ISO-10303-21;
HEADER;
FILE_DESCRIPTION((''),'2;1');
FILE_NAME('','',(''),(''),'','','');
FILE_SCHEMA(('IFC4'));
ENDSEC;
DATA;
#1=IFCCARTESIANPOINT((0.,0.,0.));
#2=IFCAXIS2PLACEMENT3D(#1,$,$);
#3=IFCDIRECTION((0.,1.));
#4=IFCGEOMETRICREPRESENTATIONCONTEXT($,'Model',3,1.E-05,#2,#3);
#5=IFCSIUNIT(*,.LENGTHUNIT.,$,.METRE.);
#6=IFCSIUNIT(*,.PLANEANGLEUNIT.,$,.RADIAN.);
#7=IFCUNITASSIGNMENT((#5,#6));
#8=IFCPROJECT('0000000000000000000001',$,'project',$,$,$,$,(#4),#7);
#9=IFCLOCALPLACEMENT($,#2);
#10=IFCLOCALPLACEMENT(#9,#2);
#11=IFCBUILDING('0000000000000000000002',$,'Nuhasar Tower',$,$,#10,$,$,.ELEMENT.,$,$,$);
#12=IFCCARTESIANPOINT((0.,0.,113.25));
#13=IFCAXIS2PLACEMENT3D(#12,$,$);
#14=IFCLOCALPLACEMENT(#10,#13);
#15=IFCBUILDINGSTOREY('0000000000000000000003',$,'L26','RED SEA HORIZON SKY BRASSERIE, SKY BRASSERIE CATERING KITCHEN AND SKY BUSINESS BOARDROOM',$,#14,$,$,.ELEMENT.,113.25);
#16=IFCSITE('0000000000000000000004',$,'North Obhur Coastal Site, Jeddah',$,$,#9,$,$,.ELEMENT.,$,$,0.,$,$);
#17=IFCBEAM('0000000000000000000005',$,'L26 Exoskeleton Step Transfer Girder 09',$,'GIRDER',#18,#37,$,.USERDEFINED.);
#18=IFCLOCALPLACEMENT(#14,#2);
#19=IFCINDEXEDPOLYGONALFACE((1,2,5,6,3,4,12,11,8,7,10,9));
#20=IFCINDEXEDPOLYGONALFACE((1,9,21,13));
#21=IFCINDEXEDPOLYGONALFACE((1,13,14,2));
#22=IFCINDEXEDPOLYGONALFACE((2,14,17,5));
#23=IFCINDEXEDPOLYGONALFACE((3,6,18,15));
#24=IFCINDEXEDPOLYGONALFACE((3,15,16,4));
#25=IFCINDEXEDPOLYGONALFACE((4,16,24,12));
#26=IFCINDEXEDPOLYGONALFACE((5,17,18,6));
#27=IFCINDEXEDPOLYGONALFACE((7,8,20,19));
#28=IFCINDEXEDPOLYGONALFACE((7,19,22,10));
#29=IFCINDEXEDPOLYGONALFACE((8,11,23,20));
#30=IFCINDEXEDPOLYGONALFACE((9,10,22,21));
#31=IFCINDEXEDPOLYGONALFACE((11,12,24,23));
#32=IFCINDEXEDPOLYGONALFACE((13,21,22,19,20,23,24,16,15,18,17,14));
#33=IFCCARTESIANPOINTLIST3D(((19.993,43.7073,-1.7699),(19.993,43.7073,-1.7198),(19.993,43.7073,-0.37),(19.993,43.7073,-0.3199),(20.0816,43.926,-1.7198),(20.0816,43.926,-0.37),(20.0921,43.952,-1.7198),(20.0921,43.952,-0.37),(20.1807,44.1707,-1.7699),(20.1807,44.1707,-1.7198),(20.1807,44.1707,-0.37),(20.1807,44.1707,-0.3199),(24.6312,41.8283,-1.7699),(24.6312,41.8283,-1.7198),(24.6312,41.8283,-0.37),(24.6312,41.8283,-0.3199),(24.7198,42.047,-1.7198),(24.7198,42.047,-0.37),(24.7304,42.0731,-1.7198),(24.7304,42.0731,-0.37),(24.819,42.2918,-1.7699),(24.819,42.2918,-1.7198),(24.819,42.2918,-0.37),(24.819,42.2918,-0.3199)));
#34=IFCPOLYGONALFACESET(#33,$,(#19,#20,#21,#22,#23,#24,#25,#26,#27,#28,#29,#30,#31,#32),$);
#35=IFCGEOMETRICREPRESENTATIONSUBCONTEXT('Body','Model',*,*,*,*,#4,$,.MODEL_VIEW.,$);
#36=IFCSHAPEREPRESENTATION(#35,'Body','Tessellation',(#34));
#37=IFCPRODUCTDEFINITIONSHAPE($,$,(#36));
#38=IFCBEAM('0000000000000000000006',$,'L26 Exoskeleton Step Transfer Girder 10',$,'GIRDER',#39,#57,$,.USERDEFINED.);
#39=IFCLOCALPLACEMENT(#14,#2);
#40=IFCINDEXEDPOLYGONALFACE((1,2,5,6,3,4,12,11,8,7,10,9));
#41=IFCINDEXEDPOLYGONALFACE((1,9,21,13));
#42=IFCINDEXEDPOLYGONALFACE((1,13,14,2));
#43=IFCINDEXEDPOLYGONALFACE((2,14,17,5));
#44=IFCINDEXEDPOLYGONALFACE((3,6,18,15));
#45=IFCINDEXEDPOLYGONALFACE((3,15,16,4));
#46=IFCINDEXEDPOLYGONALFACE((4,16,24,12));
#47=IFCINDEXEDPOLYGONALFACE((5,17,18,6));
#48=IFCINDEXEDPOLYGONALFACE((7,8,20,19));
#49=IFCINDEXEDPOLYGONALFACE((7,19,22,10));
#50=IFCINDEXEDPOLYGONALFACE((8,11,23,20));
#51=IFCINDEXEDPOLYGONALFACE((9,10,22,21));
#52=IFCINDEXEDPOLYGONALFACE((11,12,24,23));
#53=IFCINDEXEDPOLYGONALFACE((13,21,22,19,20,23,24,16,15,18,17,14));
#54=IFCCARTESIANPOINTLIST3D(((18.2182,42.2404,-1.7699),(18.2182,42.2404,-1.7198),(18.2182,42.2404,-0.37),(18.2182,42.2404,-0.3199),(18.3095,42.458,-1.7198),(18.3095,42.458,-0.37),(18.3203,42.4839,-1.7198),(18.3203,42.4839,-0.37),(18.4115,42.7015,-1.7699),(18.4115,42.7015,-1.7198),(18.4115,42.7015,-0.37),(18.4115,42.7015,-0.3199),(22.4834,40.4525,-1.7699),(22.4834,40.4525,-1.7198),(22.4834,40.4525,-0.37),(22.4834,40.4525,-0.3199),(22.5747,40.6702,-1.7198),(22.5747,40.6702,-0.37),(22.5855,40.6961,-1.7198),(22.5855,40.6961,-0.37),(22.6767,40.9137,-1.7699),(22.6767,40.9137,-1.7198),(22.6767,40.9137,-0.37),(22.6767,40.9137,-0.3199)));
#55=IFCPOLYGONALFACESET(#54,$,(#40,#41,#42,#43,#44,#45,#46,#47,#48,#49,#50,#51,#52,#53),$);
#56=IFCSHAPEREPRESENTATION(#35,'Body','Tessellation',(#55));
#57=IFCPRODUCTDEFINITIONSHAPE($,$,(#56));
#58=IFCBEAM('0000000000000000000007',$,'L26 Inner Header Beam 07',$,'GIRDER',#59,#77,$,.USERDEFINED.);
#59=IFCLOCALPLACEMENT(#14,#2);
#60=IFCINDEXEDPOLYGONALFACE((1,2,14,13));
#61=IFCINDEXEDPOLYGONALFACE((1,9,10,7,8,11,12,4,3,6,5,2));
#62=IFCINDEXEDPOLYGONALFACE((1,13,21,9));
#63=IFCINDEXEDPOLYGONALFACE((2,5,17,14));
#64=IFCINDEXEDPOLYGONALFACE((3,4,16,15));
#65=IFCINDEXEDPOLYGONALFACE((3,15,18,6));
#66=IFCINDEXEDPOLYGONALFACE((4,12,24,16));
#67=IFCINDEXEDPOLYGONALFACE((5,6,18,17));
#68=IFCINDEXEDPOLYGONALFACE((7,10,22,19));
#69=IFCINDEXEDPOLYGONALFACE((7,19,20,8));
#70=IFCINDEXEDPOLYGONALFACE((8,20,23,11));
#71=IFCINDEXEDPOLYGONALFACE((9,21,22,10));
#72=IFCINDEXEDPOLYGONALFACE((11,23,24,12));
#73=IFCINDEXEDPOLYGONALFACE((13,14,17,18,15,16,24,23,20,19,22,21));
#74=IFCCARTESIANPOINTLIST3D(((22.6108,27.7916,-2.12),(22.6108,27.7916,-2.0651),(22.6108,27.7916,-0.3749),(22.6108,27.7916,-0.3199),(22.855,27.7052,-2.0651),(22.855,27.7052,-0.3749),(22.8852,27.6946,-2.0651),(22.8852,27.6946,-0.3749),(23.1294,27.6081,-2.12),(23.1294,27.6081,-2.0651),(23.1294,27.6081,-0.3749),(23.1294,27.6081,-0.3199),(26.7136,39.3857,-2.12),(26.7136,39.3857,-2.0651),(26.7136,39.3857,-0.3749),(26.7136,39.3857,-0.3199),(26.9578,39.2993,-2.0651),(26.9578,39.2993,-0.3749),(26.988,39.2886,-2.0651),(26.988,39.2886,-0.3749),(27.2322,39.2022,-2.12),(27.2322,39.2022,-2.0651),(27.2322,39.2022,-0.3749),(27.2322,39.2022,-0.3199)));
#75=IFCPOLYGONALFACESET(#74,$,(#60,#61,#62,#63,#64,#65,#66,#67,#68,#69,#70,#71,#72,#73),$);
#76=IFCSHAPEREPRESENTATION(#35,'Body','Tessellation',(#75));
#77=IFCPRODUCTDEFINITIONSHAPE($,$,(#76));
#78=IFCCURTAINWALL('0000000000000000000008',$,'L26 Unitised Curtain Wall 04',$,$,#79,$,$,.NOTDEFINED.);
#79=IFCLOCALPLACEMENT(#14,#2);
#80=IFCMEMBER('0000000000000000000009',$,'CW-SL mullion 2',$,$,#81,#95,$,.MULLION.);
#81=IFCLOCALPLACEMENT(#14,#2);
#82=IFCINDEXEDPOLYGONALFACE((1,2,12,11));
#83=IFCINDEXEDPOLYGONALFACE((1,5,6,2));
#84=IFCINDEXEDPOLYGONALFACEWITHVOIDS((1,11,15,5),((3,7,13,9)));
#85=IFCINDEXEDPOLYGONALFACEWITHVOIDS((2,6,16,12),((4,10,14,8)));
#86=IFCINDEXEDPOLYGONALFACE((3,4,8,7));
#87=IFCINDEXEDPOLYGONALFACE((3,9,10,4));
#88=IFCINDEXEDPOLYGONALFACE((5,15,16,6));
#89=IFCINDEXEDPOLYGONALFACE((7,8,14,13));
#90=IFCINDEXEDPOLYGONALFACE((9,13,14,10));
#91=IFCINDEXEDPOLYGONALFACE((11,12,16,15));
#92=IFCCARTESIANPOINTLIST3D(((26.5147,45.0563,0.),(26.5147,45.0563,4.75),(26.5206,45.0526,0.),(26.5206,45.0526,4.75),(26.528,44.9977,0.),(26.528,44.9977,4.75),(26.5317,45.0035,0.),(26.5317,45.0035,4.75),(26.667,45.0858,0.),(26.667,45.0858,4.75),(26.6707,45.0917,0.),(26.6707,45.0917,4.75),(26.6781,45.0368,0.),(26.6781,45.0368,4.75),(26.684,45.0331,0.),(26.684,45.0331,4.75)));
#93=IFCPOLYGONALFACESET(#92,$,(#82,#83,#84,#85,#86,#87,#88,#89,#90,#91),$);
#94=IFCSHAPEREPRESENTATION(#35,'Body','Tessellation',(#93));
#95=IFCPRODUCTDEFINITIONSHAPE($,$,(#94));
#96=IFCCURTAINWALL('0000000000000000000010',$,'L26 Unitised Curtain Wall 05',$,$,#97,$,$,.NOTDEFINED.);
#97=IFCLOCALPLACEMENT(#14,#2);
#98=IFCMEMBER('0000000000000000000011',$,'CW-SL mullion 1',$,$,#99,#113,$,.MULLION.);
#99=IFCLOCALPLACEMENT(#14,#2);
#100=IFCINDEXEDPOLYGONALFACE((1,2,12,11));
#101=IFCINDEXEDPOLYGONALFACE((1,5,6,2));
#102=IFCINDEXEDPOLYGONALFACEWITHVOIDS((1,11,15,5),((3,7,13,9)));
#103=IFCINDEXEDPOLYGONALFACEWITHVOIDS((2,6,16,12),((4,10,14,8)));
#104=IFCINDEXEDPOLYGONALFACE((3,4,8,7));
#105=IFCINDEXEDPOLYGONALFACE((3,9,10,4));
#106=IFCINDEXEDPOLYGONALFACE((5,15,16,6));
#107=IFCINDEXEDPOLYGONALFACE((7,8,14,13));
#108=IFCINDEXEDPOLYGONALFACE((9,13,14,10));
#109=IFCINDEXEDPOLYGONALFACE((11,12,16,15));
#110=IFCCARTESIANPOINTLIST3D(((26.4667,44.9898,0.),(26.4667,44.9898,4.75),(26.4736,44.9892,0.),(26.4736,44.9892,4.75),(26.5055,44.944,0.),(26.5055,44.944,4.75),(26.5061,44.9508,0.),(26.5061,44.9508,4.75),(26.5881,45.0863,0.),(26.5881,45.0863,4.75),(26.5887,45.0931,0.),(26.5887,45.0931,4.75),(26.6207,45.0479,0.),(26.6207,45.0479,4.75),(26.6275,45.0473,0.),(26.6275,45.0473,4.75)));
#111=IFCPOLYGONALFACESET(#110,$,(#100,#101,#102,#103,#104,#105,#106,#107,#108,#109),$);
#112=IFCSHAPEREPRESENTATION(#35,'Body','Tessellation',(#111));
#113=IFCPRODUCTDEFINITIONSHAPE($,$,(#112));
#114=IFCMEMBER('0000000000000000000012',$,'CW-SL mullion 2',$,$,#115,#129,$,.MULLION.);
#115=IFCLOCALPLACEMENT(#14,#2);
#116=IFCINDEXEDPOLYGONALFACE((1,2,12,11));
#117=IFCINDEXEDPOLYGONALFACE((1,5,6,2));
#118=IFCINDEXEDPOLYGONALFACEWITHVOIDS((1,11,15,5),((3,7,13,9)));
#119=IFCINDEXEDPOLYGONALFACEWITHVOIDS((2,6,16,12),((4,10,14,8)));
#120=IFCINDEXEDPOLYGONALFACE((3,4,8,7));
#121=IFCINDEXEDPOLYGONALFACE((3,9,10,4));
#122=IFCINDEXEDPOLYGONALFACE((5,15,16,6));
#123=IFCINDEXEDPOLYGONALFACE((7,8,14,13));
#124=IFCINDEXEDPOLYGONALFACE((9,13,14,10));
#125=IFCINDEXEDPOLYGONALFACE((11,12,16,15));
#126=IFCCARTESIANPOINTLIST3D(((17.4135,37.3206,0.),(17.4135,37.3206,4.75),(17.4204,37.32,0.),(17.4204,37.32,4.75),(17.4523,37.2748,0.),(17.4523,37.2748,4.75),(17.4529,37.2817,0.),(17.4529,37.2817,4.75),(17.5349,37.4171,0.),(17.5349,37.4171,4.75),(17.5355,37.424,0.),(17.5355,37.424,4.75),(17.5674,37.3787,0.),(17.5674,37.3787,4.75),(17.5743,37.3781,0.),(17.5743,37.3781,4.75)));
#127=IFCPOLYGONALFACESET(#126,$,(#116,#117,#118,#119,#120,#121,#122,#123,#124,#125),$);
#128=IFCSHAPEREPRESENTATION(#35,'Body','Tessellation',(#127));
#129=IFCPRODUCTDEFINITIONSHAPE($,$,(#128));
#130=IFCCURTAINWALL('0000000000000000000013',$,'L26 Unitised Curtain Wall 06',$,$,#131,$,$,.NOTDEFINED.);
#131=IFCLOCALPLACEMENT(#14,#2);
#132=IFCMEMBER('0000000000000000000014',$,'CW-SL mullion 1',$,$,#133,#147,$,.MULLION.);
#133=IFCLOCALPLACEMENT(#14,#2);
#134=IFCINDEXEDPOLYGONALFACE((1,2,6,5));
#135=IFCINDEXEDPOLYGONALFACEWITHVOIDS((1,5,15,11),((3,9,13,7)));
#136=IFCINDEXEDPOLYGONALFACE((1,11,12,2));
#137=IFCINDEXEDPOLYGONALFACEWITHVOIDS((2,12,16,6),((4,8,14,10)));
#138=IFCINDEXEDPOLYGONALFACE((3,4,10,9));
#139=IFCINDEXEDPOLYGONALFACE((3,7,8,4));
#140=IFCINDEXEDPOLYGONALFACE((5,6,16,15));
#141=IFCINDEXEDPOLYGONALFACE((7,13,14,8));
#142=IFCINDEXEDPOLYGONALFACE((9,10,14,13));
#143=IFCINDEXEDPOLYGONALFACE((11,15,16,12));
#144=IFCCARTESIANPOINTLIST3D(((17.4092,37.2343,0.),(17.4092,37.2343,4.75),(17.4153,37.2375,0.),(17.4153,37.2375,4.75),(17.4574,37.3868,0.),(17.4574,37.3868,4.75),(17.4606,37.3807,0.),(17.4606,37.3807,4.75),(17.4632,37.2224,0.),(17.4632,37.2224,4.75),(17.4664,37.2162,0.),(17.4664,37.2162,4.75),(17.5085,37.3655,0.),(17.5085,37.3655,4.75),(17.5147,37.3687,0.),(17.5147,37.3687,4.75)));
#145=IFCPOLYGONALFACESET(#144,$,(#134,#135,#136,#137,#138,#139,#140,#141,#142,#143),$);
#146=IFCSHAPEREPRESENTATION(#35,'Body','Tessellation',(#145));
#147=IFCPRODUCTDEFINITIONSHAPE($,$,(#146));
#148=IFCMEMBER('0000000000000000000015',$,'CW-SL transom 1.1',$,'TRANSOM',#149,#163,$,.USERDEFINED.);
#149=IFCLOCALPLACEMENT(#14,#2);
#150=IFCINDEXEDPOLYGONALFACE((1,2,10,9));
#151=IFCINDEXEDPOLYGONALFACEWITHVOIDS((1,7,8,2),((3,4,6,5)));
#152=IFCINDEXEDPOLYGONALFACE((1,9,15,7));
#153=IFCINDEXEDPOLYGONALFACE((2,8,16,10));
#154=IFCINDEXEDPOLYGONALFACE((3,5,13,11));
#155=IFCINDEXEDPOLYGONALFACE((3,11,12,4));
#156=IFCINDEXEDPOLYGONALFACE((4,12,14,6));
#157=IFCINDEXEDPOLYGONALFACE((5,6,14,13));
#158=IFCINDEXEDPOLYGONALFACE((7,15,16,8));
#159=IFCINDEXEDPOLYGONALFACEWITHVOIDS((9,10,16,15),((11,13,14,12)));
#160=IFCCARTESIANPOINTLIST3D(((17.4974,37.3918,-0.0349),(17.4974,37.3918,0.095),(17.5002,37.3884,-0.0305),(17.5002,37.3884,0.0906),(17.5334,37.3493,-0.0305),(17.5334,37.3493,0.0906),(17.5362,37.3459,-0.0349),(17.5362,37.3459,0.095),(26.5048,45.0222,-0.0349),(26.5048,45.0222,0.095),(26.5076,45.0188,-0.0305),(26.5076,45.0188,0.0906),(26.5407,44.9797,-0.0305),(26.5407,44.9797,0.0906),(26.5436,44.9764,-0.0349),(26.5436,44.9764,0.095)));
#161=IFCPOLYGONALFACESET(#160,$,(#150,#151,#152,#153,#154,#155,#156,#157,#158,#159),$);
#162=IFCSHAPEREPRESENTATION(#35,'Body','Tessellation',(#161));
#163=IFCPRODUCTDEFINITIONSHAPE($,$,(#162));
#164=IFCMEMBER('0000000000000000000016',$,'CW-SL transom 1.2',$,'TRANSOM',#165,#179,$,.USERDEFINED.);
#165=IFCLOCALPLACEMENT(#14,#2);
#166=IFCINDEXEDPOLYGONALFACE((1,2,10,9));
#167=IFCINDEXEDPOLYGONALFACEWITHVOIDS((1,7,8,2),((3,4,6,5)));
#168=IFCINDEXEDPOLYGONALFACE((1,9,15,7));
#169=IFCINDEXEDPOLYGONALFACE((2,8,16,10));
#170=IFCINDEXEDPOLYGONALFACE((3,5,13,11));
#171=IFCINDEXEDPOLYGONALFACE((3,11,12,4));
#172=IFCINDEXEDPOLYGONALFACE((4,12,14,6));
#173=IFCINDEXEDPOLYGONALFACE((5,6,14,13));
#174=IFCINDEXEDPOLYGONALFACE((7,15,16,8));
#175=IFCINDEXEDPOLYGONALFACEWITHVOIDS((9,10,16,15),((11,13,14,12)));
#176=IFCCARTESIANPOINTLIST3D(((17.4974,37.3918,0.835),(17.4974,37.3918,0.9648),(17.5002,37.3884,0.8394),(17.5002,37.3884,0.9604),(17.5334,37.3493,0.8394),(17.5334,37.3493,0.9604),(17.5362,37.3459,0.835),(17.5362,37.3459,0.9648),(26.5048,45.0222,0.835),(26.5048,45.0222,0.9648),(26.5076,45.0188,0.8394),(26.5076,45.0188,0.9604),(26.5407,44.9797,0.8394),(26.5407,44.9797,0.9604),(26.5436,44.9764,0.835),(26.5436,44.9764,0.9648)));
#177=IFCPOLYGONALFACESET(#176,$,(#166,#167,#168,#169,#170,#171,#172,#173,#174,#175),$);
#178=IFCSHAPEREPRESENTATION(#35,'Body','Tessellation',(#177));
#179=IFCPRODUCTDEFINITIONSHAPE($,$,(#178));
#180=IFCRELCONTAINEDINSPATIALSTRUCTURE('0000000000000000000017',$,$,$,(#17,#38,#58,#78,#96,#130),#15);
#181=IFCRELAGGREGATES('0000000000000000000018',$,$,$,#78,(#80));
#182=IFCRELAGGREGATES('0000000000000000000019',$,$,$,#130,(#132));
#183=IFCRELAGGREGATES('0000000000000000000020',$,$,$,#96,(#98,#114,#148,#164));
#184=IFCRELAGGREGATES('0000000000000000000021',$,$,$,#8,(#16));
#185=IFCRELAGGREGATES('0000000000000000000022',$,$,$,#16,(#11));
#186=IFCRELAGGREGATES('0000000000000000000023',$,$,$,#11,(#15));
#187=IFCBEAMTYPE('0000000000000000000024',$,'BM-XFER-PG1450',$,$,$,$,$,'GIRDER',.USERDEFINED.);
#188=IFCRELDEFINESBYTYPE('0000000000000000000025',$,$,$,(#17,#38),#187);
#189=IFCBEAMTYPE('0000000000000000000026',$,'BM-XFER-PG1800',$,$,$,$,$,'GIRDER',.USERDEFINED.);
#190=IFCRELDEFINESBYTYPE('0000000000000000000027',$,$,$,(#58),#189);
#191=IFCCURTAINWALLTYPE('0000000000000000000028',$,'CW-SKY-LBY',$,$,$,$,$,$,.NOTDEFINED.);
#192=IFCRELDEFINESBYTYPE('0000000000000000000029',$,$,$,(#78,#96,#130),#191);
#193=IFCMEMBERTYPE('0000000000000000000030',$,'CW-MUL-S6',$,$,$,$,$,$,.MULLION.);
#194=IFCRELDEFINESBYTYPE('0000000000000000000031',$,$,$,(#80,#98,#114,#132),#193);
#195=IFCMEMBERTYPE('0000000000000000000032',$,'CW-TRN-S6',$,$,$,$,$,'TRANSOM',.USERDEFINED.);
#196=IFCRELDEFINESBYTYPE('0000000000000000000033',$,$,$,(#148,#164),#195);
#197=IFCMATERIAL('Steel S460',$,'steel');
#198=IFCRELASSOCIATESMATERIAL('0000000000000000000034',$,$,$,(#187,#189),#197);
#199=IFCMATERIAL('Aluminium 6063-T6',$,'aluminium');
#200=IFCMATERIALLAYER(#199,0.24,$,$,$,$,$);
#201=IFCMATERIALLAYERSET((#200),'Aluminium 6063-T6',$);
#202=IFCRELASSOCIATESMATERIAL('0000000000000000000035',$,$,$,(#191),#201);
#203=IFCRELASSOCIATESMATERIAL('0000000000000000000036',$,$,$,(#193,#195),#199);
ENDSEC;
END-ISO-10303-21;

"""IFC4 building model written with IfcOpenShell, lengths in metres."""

from ifc_helpers import new_model, si_unit, direction, frame, origin, origin_2d, place, context, subcontext, project, spatial, hollow_rectangle, i_section, extrude, material, layer, layer_set, material_profile, profile_set, type_object, element, aggregate, save


model = new_model("IFC4")

# Units and contexts
model_context = context("Model", 3, precision=1e-05, world=origin(), true_north=direction((0.0, 1.0)))
body_context = subcontext(model_context, "Body", "Model", "MODEL_VIEW")
ifc_project = project(units=[si_unit("LENGTHUNIT", "METRE"), si_unit("PLANEANGLEUNIT", "RADIAN")], contexts=[model_context])

# Site, building, storey
site_placement = place(None, origin())
site = spatial("IfcSite", under=ifc_project, at=site_placement, Name="North Obhur Coastal Site, Jeddah", CompositionType="ELEMENT", RefElevation=0.0)
building_placement = place(site_placement, origin())
building = spatial("IfcBuilding", under=site, at=building_placement, Name="Nuhasar Tower", CompositionType="ELEMENT")
storey_placement = place(building_placement, frame((0.0, 0.0, 113.25)))
storey = spatial("IfcBuildingStorey", under=building, at=storey_placement, Name="L26", Description="RED SEA HORIZON SKY BRASSERIE, SKY BRASSERIE CATERING KITCHEN AND SKY BUSINESS BOARDROOM", CompositionType="ELEMENT", Elevation=113.25)

# Beams
ifc_material_1 = material(Name="Steel S460", Category="steel")
ifc_material_profile_1 = material_profile(ifc_material_1, i_section(OverallWidth=0.5, OverallDepth=1.45, WebThickness=0.0281, FlangeThickness=0.05, at=origin_2d()), Name="PG1450X500")
ifc_profile_set_1 = profile_set([ifc_material_profile_1], Name="Steel S460")
beam_type_1 = type_object("IfcBeamType", Name="BM-XFER-PG1450", ElementType="GIRDER", PredefinedType="USERDEFINED", material=ifc_profile_set_1)
beam_1_placement = place(storey_placement, frame((24.7251, 42.0601, -1.0449), z_axis=(-0.926839, 0.375458, 0.0), x_axis=(-0.375458, -0.926839, 0.0)))
element("IfcBeam", 1, at=beam_1_placement, inside=storey, type_object=beam_type_1, Name="L26 Exoskeleton Step Transfer Girder 09", ObjectType="GIRDER", PredefinedType="USERDEFINED", context=body_context, shape_type="SweptSolid", body=[
    extrude(i_section(OverallWidth=0.5, OverallDepth=1.45, WebThickness=0.0281, FlangeThickness=0.05, at=origin_2d()), origin(), (0.0, 0.0, 1.0), 5.0044),
])
beam_2_placement = place(storey_placement, frame((22.5801, 40.6831, -1.0449), z_axis=(-0.922253, 0.386586, 0.0), x_axis=(-0.386586, -0.922253, 0.0)))
element("IfcBeam", 2, at=beam_2_placement, inside=storey, type_object=beam_type_1, Name="L26 Exoskeleton Step Transfer Girder 10", ObjectType="GIRDER", PredefinedType="USERDEFINED", context=body_context, shape_type="SweptSolid", body=[
    extrude(i_section(OverallWidth=0.5, OverallDepth=1.45, WebThickness=0.0281, FlangeThickness=0.05, at=origin_2d()), origin(), (0.0, 0.0, 1.0), 4.6248),
])
ifc_material_profile_2 = material_profile(ifc_material_1, i_section(OverallWidth=0.55, OverallDepth=1.8, WebThickness=0.032, FlangeThickness=0.0549, at=origin_2d()), Name="PG1800X550")
ifc_profile_set_2 = profile_set([ifc_material_profile_2], Name="Steel S460")
beam_type_2 = type_object("IfcBeamType", Name="BM-XFER-PG1800", ElementType="GIRDER", PredefinedType="USERDEFINED", material=ifc_profile_set_2)
beam_3_placement = place(storey_placement, frame((26.9729, 39.2939, -1.22), z_axis=(-0.3336, -0.942715, 0.0), x_axis=(0.942715, -0.3336, 0.0)))
element("IfcBeam", 3, at=beam_3_placement, inside=storey, type_object=beam_type_2, Name="L26 Inner Header Beam 07", ObjectType="GIRDER", PredefinedType="USERDEFINED", context=body_context, shape_type="SweptSolid", body=[
    extrude(i_section(OverallWidth=0.55, OverallDepth=1.8, WebThickness=0.032, FlangeThickness=0.0549, at=origin_2d()), origin(), (0.0, 0.0, 1.0), 12.2986),
])

# Curtain wall, member
ifc_material_2 = material(Name="Aluminium 6063-T6", Category="aluminium")
ifc_layer_1 = layer(ifc_material_2, 0.24)
ifc_layer_set_1 = layer_set([ifc_layer_1], Name="Aluminium 6063-T6")
curtain_wall_type = type_object("IfcCurtainWallType", Name="CW-SKY-LBY", PredefinedType="NOTDEFINED", material=ifc_layer_set_1)
curtain_wall_1_placement = place(storey_placement, origin())
curtain_wall_1 = element("IfcCurtainWall", 4, at=curtain_wall_1_placement, inside=storey, type_object=curtain_wall_type, Name="L26 Unitised Curtain Wall 04", PredefinedType="NOTDEFINED")
ifc_material_profile_3 = material_profile(ifc_material_2, hollow_rectangle(XDim=0.0601, YDim=0.1599, WallThickness=0.0049, at=origin_2d()), Name="CWM-6")
ifc_profile_set_3 = profile_set([ifc_material_profile_3], Name="Aluminium 6063-T6")
member_type_1 = type_object("IfcMemberType", Name="CW-MUL-S6", PredefinedType="MULLION", material=ifc_profile_set_3)
member_1_placement = place(storey_placement, frame((26.5994, 45.0447, 0.0), z_axis=(0.0, 0.0, 1.0), x_axis=(0.221397, -0.975184, 0.0)))
member_1 = element("IfcMember", 5, at=member_1_placement, type_object=member_type_1, Name="CW-SL mullion 2", PredefinedType="MULLION", context=body_context, shape_type="SweptSolid", body=[
    extrude(hollow_rectangle(XDim=0.0601, YDim=0.1599, WallThickness=0.0049, at=origin_2d()), origin(), (0.0, 0.0, 1.0), 4.75),
])
aggregate(curtain_wall_1, [member_1])

# Curtain wall, members
curtain_wall_2_placement = place(storey_placement, origin())
curtain_wall_2 = element("IfcCurtainWall", 6, at=curtain_wall_2_placement, inside=storey, type_object=curtain_wall_type, Name="L26 Unitised Curtain Wall 05", PredefinedType="NOTDEFINED")
member_2_placement = place(storey_placement, frame((26.5471, 45.0186, 0.0), z_axis=(0.0, 0.0, 1.0), x_axis=(0.646374, -0.76302, 0.0)))
member_2 = element("IfcMember", 7, at=member_2_placement, type_object=member_type_1, Name="CW-SL mullion 1", PredefinedType="MULLION", context=body_context, shape_type="SweptSolid", body=[
    extrude(hollow_rectangle(XDim=0.0601, YDim=0.1599, WallThickness=0.0049, at=origin_2d()), origin(), (0.0, 0.0, 1.0), 4.75),
])
member_3_placement = place(storey_placement, frame((17.4939, 37.3494, 0.0), z_axis=(0.0, 0.0, 1.0), x_axis=(0.646374, -0.76302, 0.0)))
member_3 = element("IfcMember", 8, at=member_3_placement, type_object=member_type_1, Name="CW-SL mullion 2", PredefinedType="MULLION", context=body_context, shape_type="SweptSolid", body=[
    extrude(hollow_rectangle(XDim=0.0601, YDim=0.1599, WallThickness=0.0049, at=origin_2d()), origin(), (0.0, 0.0, 1.0), 4.75),
])

# Curtain wall, member
curtain_wall_3_placement = place(storey_placement, origin())
curtain_wall_3 = element("IfcCurtainWall", 9, at=curtain_wall_3_placement, inside=storey, type_object=curtain_wall_type, Name="L26 Unitised Curtain Wall 06", PredefinedType="NOTDEFINED")
member_4_placement = place(storey_placement, frame((17.4619, 37.3015, 0.0), z_axis=(0.0, 0.0, 1.0), x_axis=(0.953433, -0.301604, 0.0)))
member_4 = element("IfcMember", 10, at=member_4_placement, type_object=member_type_1, Name="CW-SL mullion 1", PredefinedType="MULLION", context=body_context, shape_type="SweptSolid", body=[
    extrude(hollow_rectangle(XDim=0.0601, YDim=0.1599, WallThickness=0.0049, at=origin_2d()), origin(), (0.0, 0.0, 1.0), 4.75),
])

# Members
ifc_material_profile_4 = material_profile(ifc_material_2, hollow_rectangle(XDim=0.0601, YDim=0.1299, WallThickness=0.0044, at=origin_2d()), Name="CWT-6")
ifc_profile_set_4 = profile_set([ifc_material_profile_4], Name="Aluminium 6063-T6")
member_type_2 = type_object("IfcMemberType", Name="CW-TRN-S6", ElementType="TRANSOM", PredefinedType="USERDEFINED", material=ifc_profile_set_4)
member_5_placement = place(storey_placement, frame((26.5242, 44.9993, 0.03), z_axis=(-0.763019, -0.646376, 0.0), x_axis=(0.646376, -0.763019, 0.0)))
member_5 = element("IfcMember", 11, at=member_5_placement, type_object=member_type_2, Name="CW-SL transom 1.1", ObjectType="TRANSOM", PredefinedType="USERDEFINED", context=body_context, shape_type="SweptSolid", body=[
    extrude(hollow_rectangle(XDim=0.0601, YDim=0.1299, WallThickness=0.0044, at=origin_2d()), origin(), (0.0, 0.0, 1.0), 11.8049),
])
member_6_placement = place(storey_placement, frame((26.5242, 44.9993, 0.8999), z_axis=(-0.763019, -0.646376, 0.0), x_axis=(0.646376, -0.763019, 0.0)))
member_6 = element("IfcMember", 12, at=member_6_placement, type_object=member_type_2, Name="CW-SL transom 1.2", ObjectType="TRANSOM", PredefinedType="USERDEFINED", context=body_context, shape_type="SweptSolid", body=[
    extrude(hollow_rectangle(XDim=0.0601, YDim=0.1299, WallThickness=0.0044, at=origin_2d()), origin(), (0.0, 0.0, 1.0), 11.8049),
])
aggregate(curtain_wall_3, [member_4])

aggregate(curtain_wall_2, [member_2, member_3, member_5, member_6])

save(model, "model.ifc")
